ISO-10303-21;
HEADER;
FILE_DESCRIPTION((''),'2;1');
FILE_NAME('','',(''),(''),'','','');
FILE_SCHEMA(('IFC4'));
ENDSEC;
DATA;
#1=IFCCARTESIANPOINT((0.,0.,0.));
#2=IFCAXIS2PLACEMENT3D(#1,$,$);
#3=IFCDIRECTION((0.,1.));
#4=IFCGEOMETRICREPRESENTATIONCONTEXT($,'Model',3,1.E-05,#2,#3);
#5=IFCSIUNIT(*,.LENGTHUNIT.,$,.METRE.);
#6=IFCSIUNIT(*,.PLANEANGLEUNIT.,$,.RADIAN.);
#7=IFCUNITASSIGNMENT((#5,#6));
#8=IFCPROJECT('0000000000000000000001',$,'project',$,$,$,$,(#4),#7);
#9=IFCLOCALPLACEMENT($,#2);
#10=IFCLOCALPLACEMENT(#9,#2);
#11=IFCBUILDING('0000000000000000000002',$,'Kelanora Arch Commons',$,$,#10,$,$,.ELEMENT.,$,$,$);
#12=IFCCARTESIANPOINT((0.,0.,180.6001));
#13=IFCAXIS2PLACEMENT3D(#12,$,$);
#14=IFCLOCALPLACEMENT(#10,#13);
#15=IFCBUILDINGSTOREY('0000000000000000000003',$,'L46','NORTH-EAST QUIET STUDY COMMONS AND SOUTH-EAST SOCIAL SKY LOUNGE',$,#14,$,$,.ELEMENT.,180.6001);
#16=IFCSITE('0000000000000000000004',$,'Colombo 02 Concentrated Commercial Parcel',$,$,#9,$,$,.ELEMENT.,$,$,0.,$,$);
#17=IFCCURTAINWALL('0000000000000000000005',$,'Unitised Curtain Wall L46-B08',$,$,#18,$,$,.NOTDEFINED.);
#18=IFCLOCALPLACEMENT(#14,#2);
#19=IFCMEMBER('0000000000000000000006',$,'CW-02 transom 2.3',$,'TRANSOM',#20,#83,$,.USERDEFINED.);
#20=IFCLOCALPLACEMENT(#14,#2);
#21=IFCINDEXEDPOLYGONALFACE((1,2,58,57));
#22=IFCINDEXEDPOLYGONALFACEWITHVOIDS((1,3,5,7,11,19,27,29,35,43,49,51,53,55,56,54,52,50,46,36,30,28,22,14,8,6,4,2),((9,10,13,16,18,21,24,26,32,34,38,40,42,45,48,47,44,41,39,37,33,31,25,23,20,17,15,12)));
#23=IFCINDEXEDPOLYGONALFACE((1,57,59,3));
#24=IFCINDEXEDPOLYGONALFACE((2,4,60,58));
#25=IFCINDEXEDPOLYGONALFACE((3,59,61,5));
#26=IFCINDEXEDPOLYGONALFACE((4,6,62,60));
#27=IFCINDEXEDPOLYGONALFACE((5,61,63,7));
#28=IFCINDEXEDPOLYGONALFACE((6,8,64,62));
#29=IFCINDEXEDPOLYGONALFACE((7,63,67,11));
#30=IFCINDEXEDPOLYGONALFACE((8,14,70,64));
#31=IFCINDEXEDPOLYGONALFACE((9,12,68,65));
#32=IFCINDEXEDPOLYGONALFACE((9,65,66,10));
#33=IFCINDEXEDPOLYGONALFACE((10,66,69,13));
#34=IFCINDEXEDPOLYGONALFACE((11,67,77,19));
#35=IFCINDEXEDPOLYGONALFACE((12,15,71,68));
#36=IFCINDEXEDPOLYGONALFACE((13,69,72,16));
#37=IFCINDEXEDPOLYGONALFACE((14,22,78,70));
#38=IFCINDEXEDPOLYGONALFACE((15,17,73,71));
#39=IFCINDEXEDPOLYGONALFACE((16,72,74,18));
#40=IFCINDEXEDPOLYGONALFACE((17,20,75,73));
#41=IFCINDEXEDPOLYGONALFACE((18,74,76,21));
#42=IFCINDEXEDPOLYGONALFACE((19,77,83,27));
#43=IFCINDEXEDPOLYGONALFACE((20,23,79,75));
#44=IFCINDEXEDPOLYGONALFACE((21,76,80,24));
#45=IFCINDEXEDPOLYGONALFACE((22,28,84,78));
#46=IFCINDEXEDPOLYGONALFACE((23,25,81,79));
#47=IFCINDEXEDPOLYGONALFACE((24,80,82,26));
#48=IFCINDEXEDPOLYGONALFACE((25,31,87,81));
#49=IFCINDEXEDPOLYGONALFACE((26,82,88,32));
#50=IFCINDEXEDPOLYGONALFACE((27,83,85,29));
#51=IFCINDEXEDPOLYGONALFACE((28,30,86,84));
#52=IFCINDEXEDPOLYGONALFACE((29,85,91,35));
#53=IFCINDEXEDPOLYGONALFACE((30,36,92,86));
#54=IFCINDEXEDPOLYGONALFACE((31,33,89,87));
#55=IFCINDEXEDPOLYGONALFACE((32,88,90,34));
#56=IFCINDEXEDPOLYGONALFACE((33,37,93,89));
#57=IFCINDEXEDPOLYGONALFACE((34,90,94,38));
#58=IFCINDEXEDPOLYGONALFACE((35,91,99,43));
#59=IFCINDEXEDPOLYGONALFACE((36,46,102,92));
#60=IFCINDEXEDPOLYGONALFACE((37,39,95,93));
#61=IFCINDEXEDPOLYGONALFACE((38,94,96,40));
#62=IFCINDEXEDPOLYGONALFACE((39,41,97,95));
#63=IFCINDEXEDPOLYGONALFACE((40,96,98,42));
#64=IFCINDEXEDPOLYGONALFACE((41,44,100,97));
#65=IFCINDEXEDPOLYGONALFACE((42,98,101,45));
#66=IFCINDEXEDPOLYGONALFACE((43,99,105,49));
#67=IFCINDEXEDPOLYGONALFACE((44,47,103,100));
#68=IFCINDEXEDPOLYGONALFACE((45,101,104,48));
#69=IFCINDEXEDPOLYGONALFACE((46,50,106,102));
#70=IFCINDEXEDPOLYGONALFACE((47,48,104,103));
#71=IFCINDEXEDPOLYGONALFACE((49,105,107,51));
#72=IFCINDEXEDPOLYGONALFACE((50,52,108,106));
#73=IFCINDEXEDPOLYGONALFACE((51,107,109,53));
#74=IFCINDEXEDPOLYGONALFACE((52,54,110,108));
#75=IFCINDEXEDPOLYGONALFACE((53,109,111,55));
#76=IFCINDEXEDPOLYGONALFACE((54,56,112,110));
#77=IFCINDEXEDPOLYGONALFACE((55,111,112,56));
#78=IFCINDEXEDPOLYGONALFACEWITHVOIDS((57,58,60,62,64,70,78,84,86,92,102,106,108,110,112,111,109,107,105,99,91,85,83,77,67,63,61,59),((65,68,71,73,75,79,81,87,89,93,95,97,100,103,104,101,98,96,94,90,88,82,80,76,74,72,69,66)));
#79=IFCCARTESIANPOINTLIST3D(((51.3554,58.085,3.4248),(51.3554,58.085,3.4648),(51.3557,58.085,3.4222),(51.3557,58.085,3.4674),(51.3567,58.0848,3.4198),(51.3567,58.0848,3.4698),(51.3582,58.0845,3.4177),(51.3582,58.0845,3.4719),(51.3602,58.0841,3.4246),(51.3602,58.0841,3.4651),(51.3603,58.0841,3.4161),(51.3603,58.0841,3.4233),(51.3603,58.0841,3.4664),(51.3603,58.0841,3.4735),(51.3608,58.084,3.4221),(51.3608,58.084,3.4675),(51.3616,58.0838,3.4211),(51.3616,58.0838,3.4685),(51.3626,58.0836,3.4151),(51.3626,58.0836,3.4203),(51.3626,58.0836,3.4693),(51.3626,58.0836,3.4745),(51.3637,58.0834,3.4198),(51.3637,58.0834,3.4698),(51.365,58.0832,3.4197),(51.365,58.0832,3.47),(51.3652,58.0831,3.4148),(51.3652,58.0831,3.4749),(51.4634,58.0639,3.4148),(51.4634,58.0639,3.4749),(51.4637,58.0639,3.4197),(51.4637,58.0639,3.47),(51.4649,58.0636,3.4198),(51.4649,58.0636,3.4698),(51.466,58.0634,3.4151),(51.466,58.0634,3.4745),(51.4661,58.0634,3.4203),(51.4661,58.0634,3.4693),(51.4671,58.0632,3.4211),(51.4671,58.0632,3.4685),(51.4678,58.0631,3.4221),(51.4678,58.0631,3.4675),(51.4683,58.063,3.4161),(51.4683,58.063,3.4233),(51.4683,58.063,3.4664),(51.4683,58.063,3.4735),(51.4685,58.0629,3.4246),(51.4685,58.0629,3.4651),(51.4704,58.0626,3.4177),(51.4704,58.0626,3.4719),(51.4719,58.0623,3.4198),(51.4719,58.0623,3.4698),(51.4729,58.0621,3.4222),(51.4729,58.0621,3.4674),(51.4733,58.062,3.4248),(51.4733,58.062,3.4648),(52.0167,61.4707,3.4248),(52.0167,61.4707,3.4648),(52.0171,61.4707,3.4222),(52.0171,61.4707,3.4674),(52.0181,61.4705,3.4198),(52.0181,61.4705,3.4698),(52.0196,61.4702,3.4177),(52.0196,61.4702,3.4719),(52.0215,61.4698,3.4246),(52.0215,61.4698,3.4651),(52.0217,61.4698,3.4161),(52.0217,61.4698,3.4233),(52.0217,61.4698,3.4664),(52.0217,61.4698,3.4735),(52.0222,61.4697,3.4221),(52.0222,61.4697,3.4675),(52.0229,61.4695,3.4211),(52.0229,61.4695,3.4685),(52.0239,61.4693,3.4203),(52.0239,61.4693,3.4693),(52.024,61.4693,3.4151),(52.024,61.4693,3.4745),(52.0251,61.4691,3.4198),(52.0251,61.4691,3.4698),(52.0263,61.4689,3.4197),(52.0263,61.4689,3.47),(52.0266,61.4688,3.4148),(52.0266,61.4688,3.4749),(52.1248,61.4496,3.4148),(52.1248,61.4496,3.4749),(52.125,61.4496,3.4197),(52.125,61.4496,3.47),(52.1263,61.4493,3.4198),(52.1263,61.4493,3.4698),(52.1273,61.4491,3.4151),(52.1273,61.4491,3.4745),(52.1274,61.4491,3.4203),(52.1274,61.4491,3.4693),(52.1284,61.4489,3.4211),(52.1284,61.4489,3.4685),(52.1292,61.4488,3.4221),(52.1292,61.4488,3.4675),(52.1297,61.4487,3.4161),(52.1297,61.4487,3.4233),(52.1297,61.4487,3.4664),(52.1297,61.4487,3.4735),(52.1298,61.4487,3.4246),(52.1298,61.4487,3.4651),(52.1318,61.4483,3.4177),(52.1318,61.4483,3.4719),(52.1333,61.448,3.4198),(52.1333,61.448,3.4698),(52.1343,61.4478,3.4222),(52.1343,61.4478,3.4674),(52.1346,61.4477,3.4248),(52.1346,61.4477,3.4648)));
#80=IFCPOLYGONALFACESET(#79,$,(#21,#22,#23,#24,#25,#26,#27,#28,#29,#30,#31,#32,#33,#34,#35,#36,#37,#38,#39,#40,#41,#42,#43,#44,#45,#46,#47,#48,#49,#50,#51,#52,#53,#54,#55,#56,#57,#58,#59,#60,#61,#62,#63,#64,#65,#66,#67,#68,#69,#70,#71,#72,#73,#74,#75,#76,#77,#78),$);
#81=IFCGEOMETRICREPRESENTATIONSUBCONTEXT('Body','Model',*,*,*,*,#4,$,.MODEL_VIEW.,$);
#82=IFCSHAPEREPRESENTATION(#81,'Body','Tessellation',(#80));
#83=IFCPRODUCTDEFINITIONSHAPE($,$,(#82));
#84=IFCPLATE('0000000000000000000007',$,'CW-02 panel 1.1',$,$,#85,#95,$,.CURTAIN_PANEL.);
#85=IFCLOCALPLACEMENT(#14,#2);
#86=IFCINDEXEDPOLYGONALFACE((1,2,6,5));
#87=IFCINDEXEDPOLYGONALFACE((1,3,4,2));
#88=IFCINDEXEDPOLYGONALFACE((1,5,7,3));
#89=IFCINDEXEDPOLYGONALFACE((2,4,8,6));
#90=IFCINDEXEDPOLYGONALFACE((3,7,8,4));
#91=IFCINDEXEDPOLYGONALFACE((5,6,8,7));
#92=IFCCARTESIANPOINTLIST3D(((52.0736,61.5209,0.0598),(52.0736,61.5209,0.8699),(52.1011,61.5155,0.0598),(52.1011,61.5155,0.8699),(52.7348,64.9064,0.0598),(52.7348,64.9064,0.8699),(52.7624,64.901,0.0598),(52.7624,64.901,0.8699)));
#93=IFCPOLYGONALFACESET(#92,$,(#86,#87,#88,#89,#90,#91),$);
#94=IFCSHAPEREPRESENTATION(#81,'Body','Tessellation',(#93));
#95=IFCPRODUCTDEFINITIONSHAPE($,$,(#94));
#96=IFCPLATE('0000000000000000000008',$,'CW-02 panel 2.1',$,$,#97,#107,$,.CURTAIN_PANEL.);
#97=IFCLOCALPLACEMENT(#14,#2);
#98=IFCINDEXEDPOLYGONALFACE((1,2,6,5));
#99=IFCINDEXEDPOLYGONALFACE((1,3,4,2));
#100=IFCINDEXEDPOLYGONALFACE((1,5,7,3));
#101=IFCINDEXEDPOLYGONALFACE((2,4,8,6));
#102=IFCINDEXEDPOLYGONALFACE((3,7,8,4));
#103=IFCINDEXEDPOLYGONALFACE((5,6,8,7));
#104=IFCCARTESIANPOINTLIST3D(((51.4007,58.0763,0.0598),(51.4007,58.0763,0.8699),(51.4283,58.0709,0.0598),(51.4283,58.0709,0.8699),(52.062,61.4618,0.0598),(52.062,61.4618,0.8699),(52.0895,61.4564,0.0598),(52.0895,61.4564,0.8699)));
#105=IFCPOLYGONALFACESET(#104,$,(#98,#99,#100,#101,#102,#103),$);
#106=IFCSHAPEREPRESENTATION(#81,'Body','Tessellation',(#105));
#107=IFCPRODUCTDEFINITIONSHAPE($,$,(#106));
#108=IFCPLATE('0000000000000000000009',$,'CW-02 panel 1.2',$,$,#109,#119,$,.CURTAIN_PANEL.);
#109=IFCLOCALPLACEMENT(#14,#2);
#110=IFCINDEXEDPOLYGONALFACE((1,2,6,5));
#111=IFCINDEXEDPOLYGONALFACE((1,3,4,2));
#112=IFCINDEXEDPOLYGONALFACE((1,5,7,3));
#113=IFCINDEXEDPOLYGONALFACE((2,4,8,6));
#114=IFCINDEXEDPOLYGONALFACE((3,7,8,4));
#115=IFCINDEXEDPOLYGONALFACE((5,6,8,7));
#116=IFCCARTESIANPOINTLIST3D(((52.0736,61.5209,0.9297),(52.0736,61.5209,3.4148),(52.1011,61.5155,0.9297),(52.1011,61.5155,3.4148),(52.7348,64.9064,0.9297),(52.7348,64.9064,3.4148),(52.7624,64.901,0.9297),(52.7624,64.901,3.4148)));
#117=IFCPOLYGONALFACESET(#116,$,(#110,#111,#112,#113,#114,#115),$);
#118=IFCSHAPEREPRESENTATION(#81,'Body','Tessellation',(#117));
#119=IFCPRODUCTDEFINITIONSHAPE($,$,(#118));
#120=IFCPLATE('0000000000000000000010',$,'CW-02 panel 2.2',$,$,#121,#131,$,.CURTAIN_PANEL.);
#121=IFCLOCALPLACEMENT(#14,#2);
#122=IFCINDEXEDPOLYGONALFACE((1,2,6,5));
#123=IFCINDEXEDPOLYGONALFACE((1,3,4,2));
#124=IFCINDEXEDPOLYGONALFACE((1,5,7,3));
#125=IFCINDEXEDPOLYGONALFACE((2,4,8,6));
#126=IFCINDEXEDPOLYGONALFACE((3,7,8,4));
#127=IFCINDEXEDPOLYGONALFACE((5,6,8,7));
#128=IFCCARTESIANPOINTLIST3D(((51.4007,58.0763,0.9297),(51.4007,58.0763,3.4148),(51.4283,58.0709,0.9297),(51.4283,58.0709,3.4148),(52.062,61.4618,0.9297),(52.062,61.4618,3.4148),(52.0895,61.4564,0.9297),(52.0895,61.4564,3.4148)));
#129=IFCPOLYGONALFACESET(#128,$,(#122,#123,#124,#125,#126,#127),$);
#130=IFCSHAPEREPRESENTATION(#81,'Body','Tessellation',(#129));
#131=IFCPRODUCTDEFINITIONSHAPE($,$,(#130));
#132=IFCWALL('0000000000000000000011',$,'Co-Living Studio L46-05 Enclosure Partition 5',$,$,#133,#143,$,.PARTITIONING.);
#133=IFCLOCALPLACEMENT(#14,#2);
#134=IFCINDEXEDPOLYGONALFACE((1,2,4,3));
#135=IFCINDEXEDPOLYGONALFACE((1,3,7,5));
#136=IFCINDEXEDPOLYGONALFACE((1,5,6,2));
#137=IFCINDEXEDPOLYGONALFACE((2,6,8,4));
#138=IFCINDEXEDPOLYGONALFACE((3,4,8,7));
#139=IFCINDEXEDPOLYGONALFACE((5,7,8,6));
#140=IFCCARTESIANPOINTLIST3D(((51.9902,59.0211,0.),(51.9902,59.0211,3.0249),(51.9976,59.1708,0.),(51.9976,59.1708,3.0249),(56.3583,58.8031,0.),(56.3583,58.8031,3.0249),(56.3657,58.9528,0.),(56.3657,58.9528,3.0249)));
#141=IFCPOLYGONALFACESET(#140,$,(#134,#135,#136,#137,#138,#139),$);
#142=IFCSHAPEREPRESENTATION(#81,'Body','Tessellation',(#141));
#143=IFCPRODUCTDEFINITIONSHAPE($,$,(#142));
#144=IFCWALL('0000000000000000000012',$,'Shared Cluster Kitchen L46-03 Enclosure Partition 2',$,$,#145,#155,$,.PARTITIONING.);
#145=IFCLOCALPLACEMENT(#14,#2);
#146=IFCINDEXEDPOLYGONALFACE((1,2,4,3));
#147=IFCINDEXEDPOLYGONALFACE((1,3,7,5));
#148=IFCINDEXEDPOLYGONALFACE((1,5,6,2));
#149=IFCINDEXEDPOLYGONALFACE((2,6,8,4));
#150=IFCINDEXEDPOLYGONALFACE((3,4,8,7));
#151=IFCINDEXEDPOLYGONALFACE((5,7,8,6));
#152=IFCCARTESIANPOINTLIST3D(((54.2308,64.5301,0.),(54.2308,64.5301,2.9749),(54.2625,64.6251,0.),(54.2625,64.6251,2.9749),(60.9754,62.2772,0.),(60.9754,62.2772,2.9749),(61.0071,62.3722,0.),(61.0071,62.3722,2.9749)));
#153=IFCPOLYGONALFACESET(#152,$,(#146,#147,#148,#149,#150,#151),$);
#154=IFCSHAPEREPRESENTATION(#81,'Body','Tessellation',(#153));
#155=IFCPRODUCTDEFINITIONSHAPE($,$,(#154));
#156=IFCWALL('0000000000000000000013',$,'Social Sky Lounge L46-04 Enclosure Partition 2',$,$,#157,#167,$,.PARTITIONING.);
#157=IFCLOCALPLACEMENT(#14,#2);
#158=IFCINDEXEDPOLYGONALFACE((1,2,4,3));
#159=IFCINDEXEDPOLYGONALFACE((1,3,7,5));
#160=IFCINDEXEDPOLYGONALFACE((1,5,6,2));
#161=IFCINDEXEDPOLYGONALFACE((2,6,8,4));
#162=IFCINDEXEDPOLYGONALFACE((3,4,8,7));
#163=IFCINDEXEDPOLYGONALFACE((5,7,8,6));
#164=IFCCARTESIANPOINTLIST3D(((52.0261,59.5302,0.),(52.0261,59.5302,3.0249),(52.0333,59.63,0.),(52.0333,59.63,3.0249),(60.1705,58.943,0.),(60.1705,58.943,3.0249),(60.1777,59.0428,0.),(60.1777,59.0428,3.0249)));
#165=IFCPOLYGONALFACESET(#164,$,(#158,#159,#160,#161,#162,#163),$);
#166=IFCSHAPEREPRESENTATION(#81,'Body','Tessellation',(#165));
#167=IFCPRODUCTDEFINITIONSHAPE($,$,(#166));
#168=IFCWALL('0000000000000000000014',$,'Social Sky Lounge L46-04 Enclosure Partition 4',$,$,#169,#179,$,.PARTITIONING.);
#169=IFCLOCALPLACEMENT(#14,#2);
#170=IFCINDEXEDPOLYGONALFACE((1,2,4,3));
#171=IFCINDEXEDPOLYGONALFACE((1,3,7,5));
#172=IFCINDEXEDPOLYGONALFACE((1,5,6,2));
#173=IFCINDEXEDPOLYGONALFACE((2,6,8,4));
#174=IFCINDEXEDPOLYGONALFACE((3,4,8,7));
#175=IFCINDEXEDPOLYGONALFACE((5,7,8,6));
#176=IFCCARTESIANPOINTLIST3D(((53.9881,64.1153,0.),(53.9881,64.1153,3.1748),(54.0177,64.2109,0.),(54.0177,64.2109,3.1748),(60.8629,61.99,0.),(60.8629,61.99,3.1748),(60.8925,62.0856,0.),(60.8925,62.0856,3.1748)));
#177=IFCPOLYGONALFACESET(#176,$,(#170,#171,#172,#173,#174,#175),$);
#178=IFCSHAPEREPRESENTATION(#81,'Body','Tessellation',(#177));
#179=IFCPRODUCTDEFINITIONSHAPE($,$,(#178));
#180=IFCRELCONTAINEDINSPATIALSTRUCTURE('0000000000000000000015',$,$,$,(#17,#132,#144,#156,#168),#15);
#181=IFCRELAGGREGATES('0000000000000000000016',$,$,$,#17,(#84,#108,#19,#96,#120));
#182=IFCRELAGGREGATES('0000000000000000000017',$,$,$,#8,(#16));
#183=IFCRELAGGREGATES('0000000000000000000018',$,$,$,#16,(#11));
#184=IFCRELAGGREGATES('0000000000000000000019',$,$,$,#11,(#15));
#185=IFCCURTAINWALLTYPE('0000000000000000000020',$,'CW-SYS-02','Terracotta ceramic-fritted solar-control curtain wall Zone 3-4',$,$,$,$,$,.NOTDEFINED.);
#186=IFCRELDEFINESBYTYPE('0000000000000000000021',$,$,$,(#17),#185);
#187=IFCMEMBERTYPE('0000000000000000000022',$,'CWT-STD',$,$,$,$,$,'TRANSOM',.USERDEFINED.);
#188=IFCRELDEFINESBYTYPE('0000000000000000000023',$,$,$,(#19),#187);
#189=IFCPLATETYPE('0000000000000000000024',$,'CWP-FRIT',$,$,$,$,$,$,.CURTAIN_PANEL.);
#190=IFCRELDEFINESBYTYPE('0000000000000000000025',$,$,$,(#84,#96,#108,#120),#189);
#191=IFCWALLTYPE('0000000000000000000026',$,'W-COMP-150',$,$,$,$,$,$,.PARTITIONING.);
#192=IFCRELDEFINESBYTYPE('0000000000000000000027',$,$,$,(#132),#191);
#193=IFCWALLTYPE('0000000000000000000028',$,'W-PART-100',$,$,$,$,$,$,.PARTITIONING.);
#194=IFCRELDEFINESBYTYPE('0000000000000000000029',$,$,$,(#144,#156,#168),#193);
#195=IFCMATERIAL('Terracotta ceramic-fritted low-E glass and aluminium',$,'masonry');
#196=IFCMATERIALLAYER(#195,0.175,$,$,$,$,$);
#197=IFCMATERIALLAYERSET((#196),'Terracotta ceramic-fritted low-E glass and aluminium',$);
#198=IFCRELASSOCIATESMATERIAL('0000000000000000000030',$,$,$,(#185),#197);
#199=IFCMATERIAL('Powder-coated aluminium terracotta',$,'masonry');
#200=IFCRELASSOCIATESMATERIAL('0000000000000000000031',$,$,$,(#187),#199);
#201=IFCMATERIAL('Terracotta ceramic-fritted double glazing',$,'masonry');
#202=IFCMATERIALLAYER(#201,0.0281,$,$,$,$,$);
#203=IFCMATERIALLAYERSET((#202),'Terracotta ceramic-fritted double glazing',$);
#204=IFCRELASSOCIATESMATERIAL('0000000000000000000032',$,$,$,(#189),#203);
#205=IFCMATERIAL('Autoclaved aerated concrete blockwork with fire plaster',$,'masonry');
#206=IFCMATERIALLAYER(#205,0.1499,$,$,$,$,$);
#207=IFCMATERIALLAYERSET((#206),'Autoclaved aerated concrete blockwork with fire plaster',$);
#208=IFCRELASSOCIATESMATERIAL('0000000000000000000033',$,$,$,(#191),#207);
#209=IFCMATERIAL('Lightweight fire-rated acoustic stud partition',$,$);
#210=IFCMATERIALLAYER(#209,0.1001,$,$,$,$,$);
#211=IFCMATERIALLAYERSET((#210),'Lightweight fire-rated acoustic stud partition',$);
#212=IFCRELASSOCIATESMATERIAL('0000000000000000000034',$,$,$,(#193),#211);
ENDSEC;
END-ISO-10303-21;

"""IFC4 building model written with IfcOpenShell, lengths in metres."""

from ifc_helpers import new_model, si_unit, direction, frame, frame_2d, origin, origin_2d, place, context, subcontext, project, spatial, rectangle, hollow_rectangle, extrude, source, transform, mapped, material, layer, layer_set, material_profile, profile_set, type_object, element, aggregate, save


model = new_model("IFC4")

# Units and contexts
model_context = context("Model", 3, precision=1e-05, world=origin(), true_north=direction((0.0, 1.0)))
body_context = subcontext(model_context, "Body", "Model", "MODEL_VIEW")
ifc_project = project(units=[si_unit("LENGTHUNIT", "METRE"), si_unit("PLANEANGLEUNIT", "RADIAN")], contexts=[model_context])

# Site, building, storey
site_placement = place(None, origin())
site = spatial("IfcSite", under=ifc_project, at=site_placement, Name="Colombo 02 Concentrated Commercial Parcel", CompositionType="ELEMENT", RefElevation=0.0)
building_placement = place(site_placement, origin())
building = spatial("IfcBuilding", under=site, at=building_placement, Name="Kelanora Arch Commons", CompositionType="ELEMENT")
storey_placement = place(building_placement, frame((0.0, 0.0, 180.6001)))
storey = spatial("IfcBuildingStorey", under=building, at=storey_placement, Name="L46", Description="NORTH-EAST QUIET STUDY COMMONS AND SOUTH-EAST SOCIAL SKY LOUNGE", CompositionType="ELEMENT", Elevation=180.6001)

# Curtain wall, member, plates
ifc_material_1 = material(Name="Terracotta ceramic-fritted low-E glass and aluminium", Category="masonry")
ifc_layer_1 = layer(ifc_material_1, 0.175)
ifc_layer_set_1 = layer_set([ifc_layer_1], Name="Terracotta ceramic-fritted low-E glass and aluminium")
curtain_wall_type = type_object("IfcCurtainWallType", Name="CW-SYS-02", Description="Terracotta ceramic-fritted solar-control curtain wall Zone 3-4", PredefinedType="NOTDEFINED", material=ifc_layer_set_1)
curtain_wall_placement = place(storey_placement, origin())
curtain_wall = element("IfcCurtainWall", 1, at=curtain_wall_placement, inside=storey, type_object=curtain_wall_type, Name="Unitised Curtain Wall L46-B08", PredefinedType="NOTDEFINED")
ifc_material_2 = material(Name="Powder-coated aluminium terracotta", Category="masonry")
ifc_material_profile_1 = material_profile(ifc_material_2, hollow_rectangle(XDim=0.1201, YDim=0.0601, WallThickness=0.0049, InnerFilletRadius=0.0049, OuterFilletRadius=0.01, at=origin_2d()), Name="CWT120x60")
ifc_profile_set_1 = profile_set([ifc_material_profile_1], Name="Powder-coated aluminium terracotta")
member_type_1 = type_object("IfcMemberType", Name="CWT-STD", ElementType="TRANSOM", PredefinedType="USERDEFINED", material=ifc_profile_set_1)
member_1_placement = place(storey_placement, frame((52.0757, 61.4592, 3.4448), z_axis=(-0.191718, -0.98145, 0.0), x_axis=(0.98145, -0.191718, 0.0)))
member_1 = element("IfcMember", 2, at=member_1_placement, type_object=member_type_1, Name="CW-02 transom 2.3", ObjectType="TRANSOM", PredefinedType="USERDEFINED", context=body_context, shape_type="SweptSolid", body=[
    extrude(hollow_rectangle(XDim=0.1201, YDim=0.0601, WallThickness=0.0049, InnerFilletRadius=0.0049, OuterFilletRadius=0.01, at=origin_2d()), origin(), (0.0, 0.0, 1.0), 3.4497),
])
ifc_material_3 = material(Name="Terracotta ceramic-fritted double glazing", Category="masonry")
ifc_layer_2 = layer(ifc_material_3, 0.0281)
ifc_layer_set_2 = layer_set([ifc_layer_2], Name="Terracotta ceramic-fritted double glazing")
plate_type = type_object("IfcPlateType", Name="CWP-FRIT", PredefinedType="CURTAIN_PANEL", material=ifc_layer_set_2)
shared_shape_1 = source(origin(), body_context, "Body", "SweptSolid", [
    extrude(rectangle(XDim=3.4495, YDim=0.0281, at=origin_2d()), origin(), (0.0, 0.0, 1.0), 0.8101),
])
plate_1_placement = place(storey_placement, frame((52.418, 63.2109, 0.0598), z_axis=(0.0, 0.0, 1.0), x_axis=(-0.191705, -0.981453, 0.0)))
plate_1 = element("IfcPlate", 3, at=plate_1_placement, type_object=plate_type, Name="CW-02 panel 1.1", PredefinedType="CURTAIN_PANEL", context=body_context, shape_type="MappedRepresentation", body=[
    mapped(shared_shape_1, transform((0.0, 0.0, 0.0), scale=1.0)),
])
plate_2_placement = place(storey_placement, frame((51.7451, 59.7664, 0.0598), z_axis=(0.0, 0.0, 1.0), x_axis=(-0.191705, -0.981453, 0.0)))
plate_2 = element("IfcPlate", 4, at=plate_2_placement, type_object=plate_type, Name="CW-02 panel 2.1", PredefinedType="CURTAIN_PANEL", context=body_context, shape_type="MappedRepresentation", body=[
    mapped(shared_shape_1, transform((0.0, 0.0, 0.0), scale=1.0)),
])
shared_shape_2 = source(origin(), body_context, "Body", "SweptSolid", [
    extrude(rectangle(XDim=3.4495, YDim=0.0281, at=origin_2d()), origin(), (0.0, 0.0, 1.0), 2.4851),
])
plate_3_placement = place(storey_placement, frame((52.418, 63.2109, 0.9297), z_axis=(0.0, 0.0, 1.0), x_axis=(-0.191705, -0.981453, 0.0)))
plate_3 = element("IfcPlate", 5, at=plate_3_placement, type_object=plate_type, Name="CW-02 panel 1.2", PredefinedType="CURTAIN_PANEL", context=body_context, shape_type="MappedRepresentation", body=[
    mapped(shared_shape_2, transform((0.0, 0.0, 0.0), scale=1.0)),
])
plate_4_placement = place(storey_placement, frame((51.7451, 59.7664, 0.9297), z_axis=(0.0, 0.0, 1.0), x_axis=(-0.191705, -0.981453, 0.0)))
plate_4 = element("IfcPlate", 6, at=plate_4_placement, type_object=plate_type, Name="CW-02 panel 2.2", PredefinedType="CURTAIN_PANEL", context=body_context, shape_type="MappedRepresentation", body=[
    mapped(shared_shape_2, transform((0.0, 0.0, 0.0), scale=1.0)),
])
aggregate(curtain_wall, [plate_1, plate_3, member_1, plate_2, plate_4])

# Walls
ifc_material_4 = material(Name="Autoclaved aerated concrete blockwork with fire plaster", Category="masonry")
ifc_layer_3 = layer(ifc_material_4, 0.1499)
ifc_layer_set_3 = layer_set([ifc_layer_3], Name="Autoclaved aerated concrete blockwork with fire plaster")
wall_type_1 = type_object("IfcWallType", Name="W-COMP-150", PredefinedType="PARTITIONING", material=ifc_layer_set_3)
wall_1_placement = place(storey_placement, frame((51.9939, 59.0959, 0.0), z_axis=(0.0, 0.0, 1.0), x_axis=(0.998757, -0.049849, 0.0)))
element("IfcWall", 7, at=wall_1_placement, inside=storey, type_object=wall_type_1, Name="Co-Living Studio L46-05 Enclosure Partition 5", PredefinedType="PARTITIONING", context=body_context, shape_type="SweptSolid", body=[
    extrude(rectangle(XDim=4.3735, YDim=0.1499, at=frame_2d((2.1868, 0.0))), origin(), (0.0, 0.0, 1.0), 3.0249),
])
ifc_material_5 = material(Name="Lightweight fire-rated acoustic stud partition")
ifc_layer_4 = layer(ifc_material_5, 0.1001)
ifc_layer_set_4 = layer_set([ifc_layer_4], Name="Lightweight fire-rated acoustic stud partition")
wall_type_2 = type_object("IfcWallType", Name="W-PART-100", PredefinedType="PARTITIONING", material=ifc_layer_set_4)
wall_2_placement = place(storey_placement, frame((60.9912, 62.3247, 0.0), z_axis=(0.0, 0.0, 1.0), x_axis=(-0.948484, 0.316825, 0.0)))
element("IfcWall", 8, at=wall_2_placement, inside=storey, type_object=wall_type_2, Name="Shared Cluster Kitchen L46-03 Enclosure Partition 2", PredefinedType="PARTITIONING", context=body_context, shape_type="SweptSolid", body=[
    extrude(rectangle(XDim=7.1108, YDim=0.1001, at=frame_2d((3.5554, 0.0))), origin(), (0.0, 0.0, 1.0), 2.9749),
])
wall_3_placement = place(storey_placement, frame((60.1741, 58.9929, 0.0), z_axis=(0.0, 0.0, 1.0), x_axis=(-0.997411, 0.071908, 0.0)))
element("IfcWall", 9, at=wall_3_placement, inside=storey, type_object=wall_type_2, Name="Social Sky Lounge L46-04 Enclosure Partition 2", PredefinedType="PARTITIONING", context=body_context, shape_type="SweptSolid", body=[
    extrude(rectangle(XDim=8.1655, YDim=0.1001, at=frame_2d((4.0828, 0.0))), origin(), (0.0, 0.0, 1.0), 3.0249),
])
wall_4_placement = place(storey_placement, frame((54.0029, 64.1631, 0.0), z_axis=(0.0, 0.0, 1.0), x_axis=(0.95539, -0.295347, 0.0)))
element("IfcWall", 10, at=wall_4_placement, inside=storey, type_object=wall_type_2, Name="Social Sky Lounge L46-04 Enclosure Partition 4", PredefinedType="PARTITIONING", context=body_context, shape_type="SweptSolid", body=[
    extrude(rectangle(XDim=7.1958, YDim=0.1001, at=frame_2d((3.5979, 0.0))), origin(), (0.0, 0.0, 1.0), 3.1748),
])

save(model, "model.ifc")
